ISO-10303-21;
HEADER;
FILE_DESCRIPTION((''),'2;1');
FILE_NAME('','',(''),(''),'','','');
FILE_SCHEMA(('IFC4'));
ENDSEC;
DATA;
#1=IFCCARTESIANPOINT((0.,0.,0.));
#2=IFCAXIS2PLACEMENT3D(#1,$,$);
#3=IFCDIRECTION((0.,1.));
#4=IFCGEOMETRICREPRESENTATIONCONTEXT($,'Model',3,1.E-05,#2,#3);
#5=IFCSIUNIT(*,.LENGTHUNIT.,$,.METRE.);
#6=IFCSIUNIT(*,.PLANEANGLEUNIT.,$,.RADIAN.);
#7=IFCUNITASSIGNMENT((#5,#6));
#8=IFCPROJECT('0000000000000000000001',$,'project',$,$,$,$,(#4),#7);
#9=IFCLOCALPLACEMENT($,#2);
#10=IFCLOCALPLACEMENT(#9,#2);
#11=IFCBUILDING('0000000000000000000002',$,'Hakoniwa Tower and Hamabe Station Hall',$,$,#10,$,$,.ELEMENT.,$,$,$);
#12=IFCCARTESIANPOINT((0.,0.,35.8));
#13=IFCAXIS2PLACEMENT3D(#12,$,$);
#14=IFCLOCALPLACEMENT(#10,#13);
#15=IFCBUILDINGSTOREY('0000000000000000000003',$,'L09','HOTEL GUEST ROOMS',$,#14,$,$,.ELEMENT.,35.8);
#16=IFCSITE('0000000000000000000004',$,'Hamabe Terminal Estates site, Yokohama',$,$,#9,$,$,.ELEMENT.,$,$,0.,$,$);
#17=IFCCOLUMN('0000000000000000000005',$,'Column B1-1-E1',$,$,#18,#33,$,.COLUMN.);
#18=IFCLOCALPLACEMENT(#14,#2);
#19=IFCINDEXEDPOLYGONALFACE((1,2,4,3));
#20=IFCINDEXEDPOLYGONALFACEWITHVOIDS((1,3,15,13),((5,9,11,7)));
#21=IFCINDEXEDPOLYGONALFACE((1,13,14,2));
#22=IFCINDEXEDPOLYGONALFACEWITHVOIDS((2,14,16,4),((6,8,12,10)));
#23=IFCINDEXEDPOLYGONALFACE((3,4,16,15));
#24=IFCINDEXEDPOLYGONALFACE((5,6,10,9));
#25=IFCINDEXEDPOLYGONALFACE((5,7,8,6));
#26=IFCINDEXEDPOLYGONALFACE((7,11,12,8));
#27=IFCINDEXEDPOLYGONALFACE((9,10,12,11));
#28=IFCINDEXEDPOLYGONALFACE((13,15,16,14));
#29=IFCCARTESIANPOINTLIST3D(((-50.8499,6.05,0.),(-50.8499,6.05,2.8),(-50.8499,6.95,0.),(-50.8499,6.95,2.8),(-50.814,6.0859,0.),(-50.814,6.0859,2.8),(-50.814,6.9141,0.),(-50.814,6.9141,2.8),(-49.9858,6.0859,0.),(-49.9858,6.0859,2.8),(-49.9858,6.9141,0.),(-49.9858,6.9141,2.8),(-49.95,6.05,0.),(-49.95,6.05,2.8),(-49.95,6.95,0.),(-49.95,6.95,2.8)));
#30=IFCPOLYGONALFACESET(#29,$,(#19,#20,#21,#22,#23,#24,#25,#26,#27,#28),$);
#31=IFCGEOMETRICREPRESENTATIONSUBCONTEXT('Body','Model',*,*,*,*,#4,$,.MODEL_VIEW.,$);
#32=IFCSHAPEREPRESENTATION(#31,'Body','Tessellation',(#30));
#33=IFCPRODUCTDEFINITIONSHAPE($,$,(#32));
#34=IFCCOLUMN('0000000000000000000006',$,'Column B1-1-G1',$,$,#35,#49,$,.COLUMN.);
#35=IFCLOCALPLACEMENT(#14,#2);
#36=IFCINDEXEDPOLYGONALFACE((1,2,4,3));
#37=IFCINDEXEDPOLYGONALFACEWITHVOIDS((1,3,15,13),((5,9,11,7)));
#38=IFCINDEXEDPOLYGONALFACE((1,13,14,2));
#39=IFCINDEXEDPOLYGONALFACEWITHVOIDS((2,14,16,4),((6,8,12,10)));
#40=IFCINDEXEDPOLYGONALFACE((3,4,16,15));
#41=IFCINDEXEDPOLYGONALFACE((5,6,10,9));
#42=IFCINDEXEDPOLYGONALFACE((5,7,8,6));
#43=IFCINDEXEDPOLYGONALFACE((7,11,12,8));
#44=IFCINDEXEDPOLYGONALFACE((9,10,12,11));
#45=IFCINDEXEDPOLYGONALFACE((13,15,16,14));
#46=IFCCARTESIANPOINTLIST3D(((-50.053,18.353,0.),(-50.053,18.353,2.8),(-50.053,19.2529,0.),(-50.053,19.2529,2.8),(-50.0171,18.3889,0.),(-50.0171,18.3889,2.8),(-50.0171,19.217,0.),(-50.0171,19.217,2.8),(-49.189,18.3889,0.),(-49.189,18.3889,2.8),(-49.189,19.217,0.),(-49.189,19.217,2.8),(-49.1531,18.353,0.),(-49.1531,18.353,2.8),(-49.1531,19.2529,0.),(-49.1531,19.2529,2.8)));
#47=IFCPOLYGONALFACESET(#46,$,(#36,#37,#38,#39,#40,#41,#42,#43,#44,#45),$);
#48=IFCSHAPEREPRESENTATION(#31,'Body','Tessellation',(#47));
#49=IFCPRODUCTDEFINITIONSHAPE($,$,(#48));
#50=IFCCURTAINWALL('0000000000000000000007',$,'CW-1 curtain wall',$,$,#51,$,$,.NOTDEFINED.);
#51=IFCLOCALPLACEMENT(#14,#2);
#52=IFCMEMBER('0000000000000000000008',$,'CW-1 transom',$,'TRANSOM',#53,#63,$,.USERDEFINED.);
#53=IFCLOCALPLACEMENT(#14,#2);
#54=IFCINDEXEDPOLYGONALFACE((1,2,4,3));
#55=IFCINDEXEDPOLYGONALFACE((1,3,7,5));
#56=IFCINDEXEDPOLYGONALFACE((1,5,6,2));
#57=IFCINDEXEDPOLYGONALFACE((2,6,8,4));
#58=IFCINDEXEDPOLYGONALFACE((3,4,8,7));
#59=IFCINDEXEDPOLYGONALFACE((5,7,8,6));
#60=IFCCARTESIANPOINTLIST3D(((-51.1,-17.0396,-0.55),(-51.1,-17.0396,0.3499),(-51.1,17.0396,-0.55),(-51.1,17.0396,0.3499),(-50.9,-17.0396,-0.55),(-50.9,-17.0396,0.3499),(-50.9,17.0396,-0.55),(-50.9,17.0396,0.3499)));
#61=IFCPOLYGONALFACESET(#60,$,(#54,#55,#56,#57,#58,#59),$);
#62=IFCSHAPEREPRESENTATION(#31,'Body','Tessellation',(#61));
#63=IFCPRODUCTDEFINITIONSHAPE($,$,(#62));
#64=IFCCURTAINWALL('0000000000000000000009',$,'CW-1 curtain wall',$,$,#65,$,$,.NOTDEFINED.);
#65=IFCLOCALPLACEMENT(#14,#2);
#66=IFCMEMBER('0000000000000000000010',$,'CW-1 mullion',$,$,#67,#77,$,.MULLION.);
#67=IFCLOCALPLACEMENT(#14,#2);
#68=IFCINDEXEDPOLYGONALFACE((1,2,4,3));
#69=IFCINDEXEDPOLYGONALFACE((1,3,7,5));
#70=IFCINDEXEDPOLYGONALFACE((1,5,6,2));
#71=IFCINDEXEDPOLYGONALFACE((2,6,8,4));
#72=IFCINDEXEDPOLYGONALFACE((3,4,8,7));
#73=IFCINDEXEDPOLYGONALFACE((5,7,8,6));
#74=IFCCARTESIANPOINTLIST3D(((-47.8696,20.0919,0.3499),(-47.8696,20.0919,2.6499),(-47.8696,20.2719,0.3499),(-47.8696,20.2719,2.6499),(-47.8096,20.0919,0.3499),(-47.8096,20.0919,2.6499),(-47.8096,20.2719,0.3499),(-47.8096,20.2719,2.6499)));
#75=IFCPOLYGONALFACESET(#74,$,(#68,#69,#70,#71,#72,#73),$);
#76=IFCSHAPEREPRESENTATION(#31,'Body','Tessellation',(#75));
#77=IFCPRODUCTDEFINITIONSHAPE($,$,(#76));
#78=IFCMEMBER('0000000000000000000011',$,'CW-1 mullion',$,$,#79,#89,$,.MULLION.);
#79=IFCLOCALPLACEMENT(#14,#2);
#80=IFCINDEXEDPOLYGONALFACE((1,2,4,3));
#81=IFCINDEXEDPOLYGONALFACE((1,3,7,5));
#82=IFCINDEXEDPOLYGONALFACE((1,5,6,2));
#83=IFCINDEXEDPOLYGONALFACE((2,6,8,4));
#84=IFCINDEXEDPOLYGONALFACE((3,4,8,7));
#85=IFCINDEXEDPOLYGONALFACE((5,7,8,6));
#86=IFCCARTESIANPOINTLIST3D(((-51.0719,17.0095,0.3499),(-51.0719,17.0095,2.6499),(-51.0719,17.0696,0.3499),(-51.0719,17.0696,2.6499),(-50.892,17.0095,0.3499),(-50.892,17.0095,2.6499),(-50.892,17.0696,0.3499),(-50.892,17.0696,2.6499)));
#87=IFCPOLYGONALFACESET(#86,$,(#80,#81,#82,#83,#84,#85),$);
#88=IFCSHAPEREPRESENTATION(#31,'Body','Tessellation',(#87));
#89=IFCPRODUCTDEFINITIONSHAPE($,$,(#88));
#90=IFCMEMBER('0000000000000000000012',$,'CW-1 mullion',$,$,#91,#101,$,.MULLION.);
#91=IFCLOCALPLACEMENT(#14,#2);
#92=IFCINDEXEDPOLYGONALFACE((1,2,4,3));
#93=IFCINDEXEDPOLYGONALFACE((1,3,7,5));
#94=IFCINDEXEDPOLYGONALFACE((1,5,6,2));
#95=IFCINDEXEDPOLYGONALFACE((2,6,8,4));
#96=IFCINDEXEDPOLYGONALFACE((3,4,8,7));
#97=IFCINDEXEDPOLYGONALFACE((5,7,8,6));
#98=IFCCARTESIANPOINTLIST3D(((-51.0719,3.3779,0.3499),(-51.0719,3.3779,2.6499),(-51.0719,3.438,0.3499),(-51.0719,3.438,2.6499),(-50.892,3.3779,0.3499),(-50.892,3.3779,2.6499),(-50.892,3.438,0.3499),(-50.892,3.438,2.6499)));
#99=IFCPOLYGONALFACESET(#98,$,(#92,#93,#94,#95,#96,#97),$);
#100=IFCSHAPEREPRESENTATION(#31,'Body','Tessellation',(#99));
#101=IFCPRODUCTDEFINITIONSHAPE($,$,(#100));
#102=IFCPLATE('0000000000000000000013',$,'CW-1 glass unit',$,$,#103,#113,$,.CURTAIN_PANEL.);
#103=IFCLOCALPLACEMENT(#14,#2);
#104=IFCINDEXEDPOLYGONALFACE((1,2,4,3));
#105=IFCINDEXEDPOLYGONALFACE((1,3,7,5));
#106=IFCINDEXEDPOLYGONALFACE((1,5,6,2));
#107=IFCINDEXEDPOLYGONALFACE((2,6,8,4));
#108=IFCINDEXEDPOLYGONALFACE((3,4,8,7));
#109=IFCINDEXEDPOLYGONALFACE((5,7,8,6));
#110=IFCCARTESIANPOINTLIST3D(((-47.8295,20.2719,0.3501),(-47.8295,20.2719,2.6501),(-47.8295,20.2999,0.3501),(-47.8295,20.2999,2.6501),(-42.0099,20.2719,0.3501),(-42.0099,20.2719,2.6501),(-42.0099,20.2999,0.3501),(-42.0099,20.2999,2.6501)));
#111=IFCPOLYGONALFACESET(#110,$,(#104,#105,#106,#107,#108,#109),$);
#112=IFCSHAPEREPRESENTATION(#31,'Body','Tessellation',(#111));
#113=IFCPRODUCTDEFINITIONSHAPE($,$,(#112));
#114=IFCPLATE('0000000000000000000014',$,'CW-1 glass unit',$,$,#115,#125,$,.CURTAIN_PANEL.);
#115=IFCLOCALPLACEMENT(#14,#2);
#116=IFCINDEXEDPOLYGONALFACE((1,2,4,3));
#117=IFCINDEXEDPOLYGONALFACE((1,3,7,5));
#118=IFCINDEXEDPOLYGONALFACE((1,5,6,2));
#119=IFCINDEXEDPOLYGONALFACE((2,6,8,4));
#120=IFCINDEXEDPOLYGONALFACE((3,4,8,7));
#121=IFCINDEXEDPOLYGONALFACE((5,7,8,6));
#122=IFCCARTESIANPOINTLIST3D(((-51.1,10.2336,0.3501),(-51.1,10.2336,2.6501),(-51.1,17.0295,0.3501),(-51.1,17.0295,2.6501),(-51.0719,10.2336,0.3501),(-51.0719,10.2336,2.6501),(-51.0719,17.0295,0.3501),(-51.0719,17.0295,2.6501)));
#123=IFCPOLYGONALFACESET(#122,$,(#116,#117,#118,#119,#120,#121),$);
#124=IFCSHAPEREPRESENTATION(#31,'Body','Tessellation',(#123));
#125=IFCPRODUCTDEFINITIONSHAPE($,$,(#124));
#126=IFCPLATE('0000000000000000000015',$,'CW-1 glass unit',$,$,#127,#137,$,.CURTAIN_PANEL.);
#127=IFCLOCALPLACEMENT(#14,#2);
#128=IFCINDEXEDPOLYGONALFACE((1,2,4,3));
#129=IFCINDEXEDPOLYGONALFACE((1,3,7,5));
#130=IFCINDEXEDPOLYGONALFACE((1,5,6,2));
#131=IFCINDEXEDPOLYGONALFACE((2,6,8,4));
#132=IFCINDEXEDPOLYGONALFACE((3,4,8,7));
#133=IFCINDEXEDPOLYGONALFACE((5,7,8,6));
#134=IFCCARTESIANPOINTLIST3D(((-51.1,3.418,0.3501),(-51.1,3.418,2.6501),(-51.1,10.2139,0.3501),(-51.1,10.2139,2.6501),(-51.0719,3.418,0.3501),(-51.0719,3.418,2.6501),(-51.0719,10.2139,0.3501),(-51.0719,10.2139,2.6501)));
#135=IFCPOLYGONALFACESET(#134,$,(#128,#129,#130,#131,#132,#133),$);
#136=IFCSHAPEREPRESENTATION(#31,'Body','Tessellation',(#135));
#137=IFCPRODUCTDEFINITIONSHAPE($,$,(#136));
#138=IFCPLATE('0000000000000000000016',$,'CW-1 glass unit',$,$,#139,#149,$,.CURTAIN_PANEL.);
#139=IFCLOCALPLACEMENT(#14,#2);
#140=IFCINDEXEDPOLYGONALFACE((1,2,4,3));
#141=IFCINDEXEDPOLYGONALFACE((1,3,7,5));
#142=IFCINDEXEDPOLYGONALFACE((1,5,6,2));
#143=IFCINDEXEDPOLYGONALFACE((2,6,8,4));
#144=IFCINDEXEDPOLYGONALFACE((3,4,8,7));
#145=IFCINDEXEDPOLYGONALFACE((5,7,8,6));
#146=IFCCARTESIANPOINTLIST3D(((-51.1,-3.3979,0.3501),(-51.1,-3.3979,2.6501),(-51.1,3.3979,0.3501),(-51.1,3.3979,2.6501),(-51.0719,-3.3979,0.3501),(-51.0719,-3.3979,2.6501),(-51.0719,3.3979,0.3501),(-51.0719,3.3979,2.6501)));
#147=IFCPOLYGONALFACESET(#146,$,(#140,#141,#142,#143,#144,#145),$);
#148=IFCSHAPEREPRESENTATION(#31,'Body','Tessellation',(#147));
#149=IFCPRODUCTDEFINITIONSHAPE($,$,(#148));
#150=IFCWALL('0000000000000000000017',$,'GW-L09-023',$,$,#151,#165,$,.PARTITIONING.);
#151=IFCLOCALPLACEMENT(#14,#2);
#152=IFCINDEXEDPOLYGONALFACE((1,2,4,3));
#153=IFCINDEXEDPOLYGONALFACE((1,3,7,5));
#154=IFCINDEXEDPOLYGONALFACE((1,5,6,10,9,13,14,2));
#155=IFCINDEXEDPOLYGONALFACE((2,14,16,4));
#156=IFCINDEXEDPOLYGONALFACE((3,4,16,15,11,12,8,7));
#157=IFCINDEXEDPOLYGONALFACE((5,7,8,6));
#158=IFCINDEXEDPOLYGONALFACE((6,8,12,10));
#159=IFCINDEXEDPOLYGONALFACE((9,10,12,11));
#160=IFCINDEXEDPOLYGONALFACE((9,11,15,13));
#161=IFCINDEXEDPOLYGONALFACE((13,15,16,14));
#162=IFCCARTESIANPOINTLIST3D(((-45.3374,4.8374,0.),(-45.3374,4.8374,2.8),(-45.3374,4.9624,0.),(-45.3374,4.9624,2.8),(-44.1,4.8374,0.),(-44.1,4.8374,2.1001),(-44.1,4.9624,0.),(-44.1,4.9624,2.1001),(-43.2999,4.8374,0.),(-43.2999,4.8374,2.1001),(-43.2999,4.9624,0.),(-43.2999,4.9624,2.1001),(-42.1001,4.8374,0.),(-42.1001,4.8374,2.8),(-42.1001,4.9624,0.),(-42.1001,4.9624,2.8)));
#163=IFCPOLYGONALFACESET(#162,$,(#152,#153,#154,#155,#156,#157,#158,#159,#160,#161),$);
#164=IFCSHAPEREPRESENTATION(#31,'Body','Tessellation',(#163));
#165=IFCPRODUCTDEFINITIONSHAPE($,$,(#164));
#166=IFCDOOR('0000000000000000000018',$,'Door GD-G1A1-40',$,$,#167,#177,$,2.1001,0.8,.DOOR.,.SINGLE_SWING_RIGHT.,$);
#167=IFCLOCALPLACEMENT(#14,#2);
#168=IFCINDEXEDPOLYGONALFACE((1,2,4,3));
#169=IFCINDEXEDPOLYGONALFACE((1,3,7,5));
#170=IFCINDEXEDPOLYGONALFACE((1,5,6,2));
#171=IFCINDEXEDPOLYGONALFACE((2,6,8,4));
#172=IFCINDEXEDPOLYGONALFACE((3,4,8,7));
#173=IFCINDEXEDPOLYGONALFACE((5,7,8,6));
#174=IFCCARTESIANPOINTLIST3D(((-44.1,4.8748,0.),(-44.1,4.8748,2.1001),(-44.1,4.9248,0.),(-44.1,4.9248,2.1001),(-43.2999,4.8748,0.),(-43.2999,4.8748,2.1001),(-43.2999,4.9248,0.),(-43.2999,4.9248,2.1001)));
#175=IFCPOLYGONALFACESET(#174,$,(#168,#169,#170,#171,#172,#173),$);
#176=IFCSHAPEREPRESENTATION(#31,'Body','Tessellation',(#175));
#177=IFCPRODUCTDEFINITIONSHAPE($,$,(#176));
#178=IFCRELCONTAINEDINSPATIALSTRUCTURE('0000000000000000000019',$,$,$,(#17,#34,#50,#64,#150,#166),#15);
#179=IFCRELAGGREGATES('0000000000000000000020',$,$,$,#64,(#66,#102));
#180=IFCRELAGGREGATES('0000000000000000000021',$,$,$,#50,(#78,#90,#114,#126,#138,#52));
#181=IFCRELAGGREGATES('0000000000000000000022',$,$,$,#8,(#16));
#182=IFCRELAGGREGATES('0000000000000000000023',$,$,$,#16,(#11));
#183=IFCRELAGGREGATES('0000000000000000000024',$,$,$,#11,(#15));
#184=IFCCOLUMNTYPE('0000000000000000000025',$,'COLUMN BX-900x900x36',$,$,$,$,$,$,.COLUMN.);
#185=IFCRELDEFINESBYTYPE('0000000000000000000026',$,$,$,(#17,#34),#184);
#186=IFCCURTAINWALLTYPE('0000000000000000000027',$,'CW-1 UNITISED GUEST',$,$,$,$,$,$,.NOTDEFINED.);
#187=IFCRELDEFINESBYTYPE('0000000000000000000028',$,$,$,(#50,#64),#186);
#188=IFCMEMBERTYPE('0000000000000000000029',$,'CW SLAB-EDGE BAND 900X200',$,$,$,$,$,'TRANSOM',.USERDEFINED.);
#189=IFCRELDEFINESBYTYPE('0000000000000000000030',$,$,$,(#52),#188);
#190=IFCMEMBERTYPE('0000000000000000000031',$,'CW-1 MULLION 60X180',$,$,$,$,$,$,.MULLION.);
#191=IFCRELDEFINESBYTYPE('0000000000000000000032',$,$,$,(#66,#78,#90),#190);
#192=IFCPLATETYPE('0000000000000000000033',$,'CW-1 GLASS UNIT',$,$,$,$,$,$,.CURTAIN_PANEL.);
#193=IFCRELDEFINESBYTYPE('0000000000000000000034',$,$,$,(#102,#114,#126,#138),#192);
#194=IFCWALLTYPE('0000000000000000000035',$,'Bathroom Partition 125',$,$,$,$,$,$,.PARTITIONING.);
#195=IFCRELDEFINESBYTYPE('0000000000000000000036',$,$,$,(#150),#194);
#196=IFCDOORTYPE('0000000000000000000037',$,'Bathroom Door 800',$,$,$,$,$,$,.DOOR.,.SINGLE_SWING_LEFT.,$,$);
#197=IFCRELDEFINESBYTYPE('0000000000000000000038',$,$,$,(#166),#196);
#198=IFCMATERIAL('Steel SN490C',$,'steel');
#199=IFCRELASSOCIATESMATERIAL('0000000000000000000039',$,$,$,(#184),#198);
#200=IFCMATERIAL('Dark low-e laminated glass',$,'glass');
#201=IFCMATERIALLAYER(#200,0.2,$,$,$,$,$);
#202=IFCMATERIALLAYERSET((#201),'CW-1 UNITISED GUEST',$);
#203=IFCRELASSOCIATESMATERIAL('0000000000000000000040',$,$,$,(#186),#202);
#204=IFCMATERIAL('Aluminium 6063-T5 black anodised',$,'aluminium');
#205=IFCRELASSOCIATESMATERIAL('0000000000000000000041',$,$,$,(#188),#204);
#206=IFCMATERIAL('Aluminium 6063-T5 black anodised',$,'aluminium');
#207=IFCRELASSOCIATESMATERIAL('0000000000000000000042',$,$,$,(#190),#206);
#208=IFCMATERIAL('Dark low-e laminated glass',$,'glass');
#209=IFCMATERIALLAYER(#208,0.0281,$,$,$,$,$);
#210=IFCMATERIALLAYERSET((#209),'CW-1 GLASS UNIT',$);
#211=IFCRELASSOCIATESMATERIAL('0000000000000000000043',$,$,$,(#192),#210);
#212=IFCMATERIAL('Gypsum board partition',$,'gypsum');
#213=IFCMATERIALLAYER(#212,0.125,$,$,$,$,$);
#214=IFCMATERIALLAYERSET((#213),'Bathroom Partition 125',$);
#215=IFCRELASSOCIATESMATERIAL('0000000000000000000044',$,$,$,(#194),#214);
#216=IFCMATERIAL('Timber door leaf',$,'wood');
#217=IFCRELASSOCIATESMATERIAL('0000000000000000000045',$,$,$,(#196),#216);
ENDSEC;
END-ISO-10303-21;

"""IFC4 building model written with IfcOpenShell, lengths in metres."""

from ifc_helpers import new_model, si_unit, direction, frame, frame_2d, origin, origin_2d, place, context, subcontext, project, spatial, rectangle, hollow_rectangle, extrude, material, layer, layer_set, material_profile, profile_set, type_object, element, fill, aggregate, save


model = new_model("IFC4")

# Units and contexts
model_context = context("Model", 3, precision=1e-05, world=origin(), true_north=direction((0.0, 1.0)))
body_context = subcontext(model_context, "Body", "Model", "MODEL_VIEW")
ifc_project = project(units=[si_unit("LENGTHUNIT", "METRE"), si_unit("PLANEANGLEUNIT", "RADIAN")], contexts=[model_context])

# Site, building, storey
site_placement = place(None, origin())
site = spatial("IfcSite", under=ifc_project, at=site_placement, Name="Hamabe Terminal Estates site, Yokohama", CompositionType="ELEMENT", RefElevation=0.0)
building_placement = place(site_placement, origin())
building = spatial("IfcBuilding", under=site, at=building_placement, Name="Hakoniwa Tower and Hamabe Station Hall", CompositionType="ELEMENT")
storey_placement = place(building_placement, frame((0.0, 0.0, 35.8)))
storey = spatial("IfcBuildingStorey", under=building, at=storey_placement, Name="L09", Description="HOTEL GUEST ROOMS", CompositionType="ELEMENT", Elevation=35.8)

# Columns
ifc_material_1 = material(Name="Steel SN490C", Category="steel")
ifc_material_profile_1 = material_profile(ifc_material_1, hollow_rectangle(XDim=0.8999, YDim=0.8999, WallThickness=0.0359, at=origin_2d()), Name="BX-900x900x36")
ifc_profile_set_1 = profile_set([ifc_material_profile_1], Name="Steel SN490C")
column_type = type_object("IfcColumnType", Name="COLUMN BX-900x900x36", PredefinedType="COLUMN", material=ifc_profile_set_1)
for number, where, z_axis, x_axis, name in (
    (1, (-50.3999, 6.5, 0.0), (0.0, 0.0, 1.0), (1.0, 0.0, 0.0), "Column B1-1-E1"),
    (2, (-49.603, 18.803, 0.0), (0.0, 0.0, 1.0), (1.0, 0.0, 0.0), "Column B1-1-G1"),
):
    element("IfcColumn", number, at=place(storey_placement, frame(where, z_axis=z_axis, x_axis=x_axis)), inside=storey, type_object=column_type, Name=name, PredefinedType="COLUMN", context=body_context, shape_type="SweptSolid", body=[
        extrude(hollow_rectangle(XDim=0.8999, YDim=0.8999, WallThickness=0.0359, at=origin_2d()), origin(), (0.0, 0.0, 1.0), 2.8),
    ])

# Curtain walls, members
ifc_material_2 = material(Name="Dark low-e laminated glass", Category="glass")
ifc_layer_1 = layer(ifc_material_2, 0.2)
ifc_layer_set_1 = layer_set([ifc_layer_1], Name="CW-1 UNITISED GUEST")
curtain_wall_type = type_object("IfcCurtainWallType", Name="CW-1 UNITISED GUEST", PredefinedType="NOTDEFINED", material=ifc_layer_set_1)
curtain_wall_1_placement = place(storey_placement, origin())
curtain_wall_1 = element("IfcCurtainWall", 3, at=curtain_wall_1_placement, inside=storey, type_object=curtain_wall_type, Name="CW-1 curtain wall", PredefinedType="NOTDEFINED")
ifc_material_3 = material(Name="Aluminium 6063-T5 black anodised", Category="aluminium")
ifc_material_profile_2 = material_profile(ifc_material_3, rectangle(XDim=0.2, YDim=0.8999, at=origin_2d()), Name="CW SLAB-EDGE BAND 900X200")
ifc_profile_set_2 = profile_set([ifc_material_profile_2], Name="Aluminium 6063-T5 black anodised")
member_type_1 = type_object("IfcMemberType", Name="CW SLAB-EDGE BAND 900X200", ElementType="TRANSOM", PredefinedType="USERDEFINED", material=ifc_profile_set_2)
member_1_placement = place(storey_placement, frame((-51.0, 17.0396, -0.1001), z_axis=(0.0, -1.0, 0.0), x_axis=(1.0, 0.0, 0.0)))
member_1 = element("IfcMember", 4, at=member_1_placement, type_object=member_type_1, Name="CW-1 transom", ObjectType="TRANSOM", PredefinedType="USERDEFINED", context=body_context, shape_type="SweptSolid", body=[
    extrude(rectangle(XDim=0.2, YDim=0.8999, at=origin_2d()), origin(), (0.0, 0.0, 1.0), 34.0791),
])
curtain_wall_2_placement = place(storey_placement, origin())
curtain_wall_2 = element("IfcCurtainWall", 5, at=curtain_wall_2_placement, inside=storey, type_object=curtain_wall_type, Name="CW-1 curtain wall", PredefinedType="NOTDEFINED")
ifc_material_4 = material(Name="Aluminium 6063-T5 black anodised", Category="aluminium")
ifc_material_profile_3 = material_profile(ifc_material_4, rectangle(XDim=0.0601, YDim=0.1799, at=origin_2d()), Name="CW-1 MULLION 60X180")
ifc_profile_set_3 = profile_set([ifc_material_profile_3], Name="Aluminium 6063-T5 black anodised")
member_type_2 = type_object("IfcMemberType", Name="CW-1 MULLION 60X180", PredefinedType="MULLION", material=ifc_profile_set_3)
member_2_placement = place(storey_placement, frame((-47.8396, 20.1819, 0.3499), z_axis=(0.0, 0.0, 1.0), x_axis=(-1.0, 0.0, 0.0)))
member_2 = element("IfcMember", 6, at=member_2_placement, type_object=member_type_2, Name="CW-1 mullion", PredefinedType="MULLION", context=body_context, shape_type="SweptSolid", body=[
    extrude(rectangle(XDim=0.0601, YDim=0.1799, at=origin_2d()), origin(), (0.0, 0.0, 1.0), 2.3),
])

# Members
member_3_placement = place(storey_placement, frame((-50.9819, 17.0396, 0.3499), z_axis=(0.0, 0.0, 1.0), x_axis=(0.0, -1.0, 0.0)))
member_3 = element("IfcMember", 7, at=member_3_placement, type_object=member_type_2, Name="CW-1 mullion", PredefinedType="MULLION", context=body_context, shape_type="SweptSolid", body=[
    extrude(rectangle(XDim=0.0601, YDim=0.1799, at=origin_2d()), origin(), (0.0, 0.0, 1.0), 2.3),
])
member_4_placement = place(storey_placement, frame((-50.9819, 3.408, 0.3499), z_axis=(0.0, 0.0, 1.0), x_axis=(0.0, -1.0, 0.0)))
member_4 = element("IfcMember", 8, at=member_4_placement, type_object=member_type_2, Name="CW-1 mullion", PredefinedType="MULLION", context=body_context, shape_type="SweptSolid", body=[
    extrude(rectangle(XDim=0.0601, YDim=0.1799, at=origin_2d()), origin(), (0.0, 0.0, 1.0), 2.3),
])

# Plates
ifc_material_5 = material(Name="Dark low-e laminated glass", Category="glass")
ifc_layer_2 = layer(ifc_material_5, 0.0281)
ifc_layer_set_2 = layer_set([ifc_layer_2], Name="CW-1 GLASS UNIT")
plate_type = type_object("IfcPlateType", Name="CW-1 GLASS UNIT", PredefinedType="CURTAIN_PANEL", material=ifc_layer_set_2)
plate_1_placement = place(storey_placement, frame((-44.9197, 20.2859, 0.3501), z_axis=(0.0, 0.0, 1.0), x_axis=(-1.0, 0.0, 0.0)))
plate_1 = element("IfcPlate", 9, at=plate_1_placement, type_object=plate_type, Name="CW-1 glass unit", PredefinedType="CURTAIN_PANEL", context=body_context, shape_type="SweptSolid", body=[
    extrude(rectangle(XDim=5.8196, YDim=0.0281, at=origin_2d()), origin(), (0.0, 0.0, 1.0), 2.3),
])
aggregate(curtain_wall_2, [member_2, plate_1])
plate_2_placement = place(storey_placement, frame((-51.0859, 13.6316, 0.3501), z_axis=(0.0, 0.0, 1.0), x_axis=(0.0, -1.0, 0.0)))
plate_2 = element("IfcPlate", 10, at=plate_2_placement, type_object=plate_type, Name="CW-1 glass unit", PredefinedType="CURTAIN_PANEL", context=body_context, shape_type="SweptSolid", body=[
    extrude(rectangle(XDim=6.7959, YDim=0.0281, at=origin_2d()), origin(), (0.0, 0.0, 1.0), 2.3),
])
plate_3_placement = place(storey_placement, frame((-51.0859, 6.8159, 0.3501), z_axis=(0.0, 0.0, 1.0), x_axis=(0.0, -1.0, 0.0)))
plate_3 = element("IfcPlate", 11, at=plate_3_placement, type_object=plate_type, Name="CW-1 glass unit", PredefinedType="CURTAIN_PANEL", context=body_context, shape_type="SweptSolid", body=[
    extrude(rectangle(XDim=6.7959, YDim=0.0281, at=origin_2d()), origin(), (0.0, 0.0, 1.0), 2.3),
])
plate_4_placement = place(storey_placement, frame((-51.0859, 0.0, 0.3501), z_axis=(0.0, 0.0, 1.0), x_axis=(0.0, -1.0, 0.0)))
plate_4 = element("IfcPlate", 12, at=plate_4_placement, type_object=plate_type, Name="CW-1 glass unit", PredefinedType="CURTAIN_PANEL", context=body_context, shape_type="SweptSolid", body=[
    extrude(rectangle(XDim=6.7959, YDim=0.0281, at=origin_2d()), origin(), (0.0, 0.0, 1.0), 2.3),
])
aggregate(curtain_wall_1, [member_3, member_4, plate_2, plate_3, plate_4, member_1])

# Wall, opening, door
ifc_material_6 = material(Name="Gypsum board partition", Category="gypsum")
ifc_layer_3 = layer(ifc_material_6, 0.125)
ifc_layer_set_3 = layer_set([ifc_layer_3], Name="Bathroom Partition 125")
wall_type_1 = type_object("IfcWallType", Name="Bathroom Partition 125", PredefinedType="PARTITIONING", material=ifc_layer_set_3)
wall_1_placement = place(storey_placement, frame((-45.3374, 4.8999, 0.0), z_axis=(0.0, 0.0, 1.0), x_axis=(1.0, 0.0, 0.0)))
wall_1 = element("IfcWall", 13, at=wall_1_placement, inside=storey, type_object=wall_type_1, Name="GW-L09-023", PredefinedType="PARTITIONING", context=body_context, shape_type="SweptSolid", body=[
    extrude(rectangle(XDim=3.2373, YDim=0.125, at=frame_2d((1.6187, 0.0))), origin(), (0.0, 0.0, 1.0), 2.8),
])
opening_1_placement = place(wall_1_placement, frame((1.2375, 0.0, 0.0)))
opening_1 = element("IfcOpeningElement", 14, at=opening_1_placement, cuts=wall_1, PredefinedType="OPENING", context=body_context, shape_type="SweptSolid", body=[
    extrude(rectangle(XDim=0.8, YDim=2.1001, at=frame_2d((0.3999, 1.05))), frame((0.0, 0.0725, 0.0), z_axis=(0.0, -1.0, 0.0), x_axis=(1.0, 0.0, 0.0)), (0.0, 0.0, 1.0), 0.145),
])
ifc_material_7 = material(Name="Timber door leaf", Category="wood")
door_type_1 = type_object("IfcDoorType", Name="Bathroom Door 800", OperationType="SINGLE_SWING_LEFT", PredefinedType="DOOR", material=ifc_material_7)
door_1_placement = place(opening_1_placement, origin())
door_1 = element("IfcDoor", 15, at=door_1_placement, inside=storey, type_object=door_type_1, Name="Door GD-G1A1-40", OperationType="SINGLE_SWING_RIGHT", OverallHeight=2.1001, OverallWidth=0.8, PredefinedType="DOOR", context=body_context, shape_type="SweptSolid", body=[
    extrude(rectangle(XDim=0.8, YDim=2.1001, at=frame_2d((0.3999, 1.05))), frame((0.0, 0.0249, 0.0), z_axis=(0.0, -1.0, 0.0), x_axis=(1.0, 0.0, 0.0)), (0.0, 0.0, 1.0), 0.05),
])
fill(opening_1, door_1)

save(model, "model.ifc")
